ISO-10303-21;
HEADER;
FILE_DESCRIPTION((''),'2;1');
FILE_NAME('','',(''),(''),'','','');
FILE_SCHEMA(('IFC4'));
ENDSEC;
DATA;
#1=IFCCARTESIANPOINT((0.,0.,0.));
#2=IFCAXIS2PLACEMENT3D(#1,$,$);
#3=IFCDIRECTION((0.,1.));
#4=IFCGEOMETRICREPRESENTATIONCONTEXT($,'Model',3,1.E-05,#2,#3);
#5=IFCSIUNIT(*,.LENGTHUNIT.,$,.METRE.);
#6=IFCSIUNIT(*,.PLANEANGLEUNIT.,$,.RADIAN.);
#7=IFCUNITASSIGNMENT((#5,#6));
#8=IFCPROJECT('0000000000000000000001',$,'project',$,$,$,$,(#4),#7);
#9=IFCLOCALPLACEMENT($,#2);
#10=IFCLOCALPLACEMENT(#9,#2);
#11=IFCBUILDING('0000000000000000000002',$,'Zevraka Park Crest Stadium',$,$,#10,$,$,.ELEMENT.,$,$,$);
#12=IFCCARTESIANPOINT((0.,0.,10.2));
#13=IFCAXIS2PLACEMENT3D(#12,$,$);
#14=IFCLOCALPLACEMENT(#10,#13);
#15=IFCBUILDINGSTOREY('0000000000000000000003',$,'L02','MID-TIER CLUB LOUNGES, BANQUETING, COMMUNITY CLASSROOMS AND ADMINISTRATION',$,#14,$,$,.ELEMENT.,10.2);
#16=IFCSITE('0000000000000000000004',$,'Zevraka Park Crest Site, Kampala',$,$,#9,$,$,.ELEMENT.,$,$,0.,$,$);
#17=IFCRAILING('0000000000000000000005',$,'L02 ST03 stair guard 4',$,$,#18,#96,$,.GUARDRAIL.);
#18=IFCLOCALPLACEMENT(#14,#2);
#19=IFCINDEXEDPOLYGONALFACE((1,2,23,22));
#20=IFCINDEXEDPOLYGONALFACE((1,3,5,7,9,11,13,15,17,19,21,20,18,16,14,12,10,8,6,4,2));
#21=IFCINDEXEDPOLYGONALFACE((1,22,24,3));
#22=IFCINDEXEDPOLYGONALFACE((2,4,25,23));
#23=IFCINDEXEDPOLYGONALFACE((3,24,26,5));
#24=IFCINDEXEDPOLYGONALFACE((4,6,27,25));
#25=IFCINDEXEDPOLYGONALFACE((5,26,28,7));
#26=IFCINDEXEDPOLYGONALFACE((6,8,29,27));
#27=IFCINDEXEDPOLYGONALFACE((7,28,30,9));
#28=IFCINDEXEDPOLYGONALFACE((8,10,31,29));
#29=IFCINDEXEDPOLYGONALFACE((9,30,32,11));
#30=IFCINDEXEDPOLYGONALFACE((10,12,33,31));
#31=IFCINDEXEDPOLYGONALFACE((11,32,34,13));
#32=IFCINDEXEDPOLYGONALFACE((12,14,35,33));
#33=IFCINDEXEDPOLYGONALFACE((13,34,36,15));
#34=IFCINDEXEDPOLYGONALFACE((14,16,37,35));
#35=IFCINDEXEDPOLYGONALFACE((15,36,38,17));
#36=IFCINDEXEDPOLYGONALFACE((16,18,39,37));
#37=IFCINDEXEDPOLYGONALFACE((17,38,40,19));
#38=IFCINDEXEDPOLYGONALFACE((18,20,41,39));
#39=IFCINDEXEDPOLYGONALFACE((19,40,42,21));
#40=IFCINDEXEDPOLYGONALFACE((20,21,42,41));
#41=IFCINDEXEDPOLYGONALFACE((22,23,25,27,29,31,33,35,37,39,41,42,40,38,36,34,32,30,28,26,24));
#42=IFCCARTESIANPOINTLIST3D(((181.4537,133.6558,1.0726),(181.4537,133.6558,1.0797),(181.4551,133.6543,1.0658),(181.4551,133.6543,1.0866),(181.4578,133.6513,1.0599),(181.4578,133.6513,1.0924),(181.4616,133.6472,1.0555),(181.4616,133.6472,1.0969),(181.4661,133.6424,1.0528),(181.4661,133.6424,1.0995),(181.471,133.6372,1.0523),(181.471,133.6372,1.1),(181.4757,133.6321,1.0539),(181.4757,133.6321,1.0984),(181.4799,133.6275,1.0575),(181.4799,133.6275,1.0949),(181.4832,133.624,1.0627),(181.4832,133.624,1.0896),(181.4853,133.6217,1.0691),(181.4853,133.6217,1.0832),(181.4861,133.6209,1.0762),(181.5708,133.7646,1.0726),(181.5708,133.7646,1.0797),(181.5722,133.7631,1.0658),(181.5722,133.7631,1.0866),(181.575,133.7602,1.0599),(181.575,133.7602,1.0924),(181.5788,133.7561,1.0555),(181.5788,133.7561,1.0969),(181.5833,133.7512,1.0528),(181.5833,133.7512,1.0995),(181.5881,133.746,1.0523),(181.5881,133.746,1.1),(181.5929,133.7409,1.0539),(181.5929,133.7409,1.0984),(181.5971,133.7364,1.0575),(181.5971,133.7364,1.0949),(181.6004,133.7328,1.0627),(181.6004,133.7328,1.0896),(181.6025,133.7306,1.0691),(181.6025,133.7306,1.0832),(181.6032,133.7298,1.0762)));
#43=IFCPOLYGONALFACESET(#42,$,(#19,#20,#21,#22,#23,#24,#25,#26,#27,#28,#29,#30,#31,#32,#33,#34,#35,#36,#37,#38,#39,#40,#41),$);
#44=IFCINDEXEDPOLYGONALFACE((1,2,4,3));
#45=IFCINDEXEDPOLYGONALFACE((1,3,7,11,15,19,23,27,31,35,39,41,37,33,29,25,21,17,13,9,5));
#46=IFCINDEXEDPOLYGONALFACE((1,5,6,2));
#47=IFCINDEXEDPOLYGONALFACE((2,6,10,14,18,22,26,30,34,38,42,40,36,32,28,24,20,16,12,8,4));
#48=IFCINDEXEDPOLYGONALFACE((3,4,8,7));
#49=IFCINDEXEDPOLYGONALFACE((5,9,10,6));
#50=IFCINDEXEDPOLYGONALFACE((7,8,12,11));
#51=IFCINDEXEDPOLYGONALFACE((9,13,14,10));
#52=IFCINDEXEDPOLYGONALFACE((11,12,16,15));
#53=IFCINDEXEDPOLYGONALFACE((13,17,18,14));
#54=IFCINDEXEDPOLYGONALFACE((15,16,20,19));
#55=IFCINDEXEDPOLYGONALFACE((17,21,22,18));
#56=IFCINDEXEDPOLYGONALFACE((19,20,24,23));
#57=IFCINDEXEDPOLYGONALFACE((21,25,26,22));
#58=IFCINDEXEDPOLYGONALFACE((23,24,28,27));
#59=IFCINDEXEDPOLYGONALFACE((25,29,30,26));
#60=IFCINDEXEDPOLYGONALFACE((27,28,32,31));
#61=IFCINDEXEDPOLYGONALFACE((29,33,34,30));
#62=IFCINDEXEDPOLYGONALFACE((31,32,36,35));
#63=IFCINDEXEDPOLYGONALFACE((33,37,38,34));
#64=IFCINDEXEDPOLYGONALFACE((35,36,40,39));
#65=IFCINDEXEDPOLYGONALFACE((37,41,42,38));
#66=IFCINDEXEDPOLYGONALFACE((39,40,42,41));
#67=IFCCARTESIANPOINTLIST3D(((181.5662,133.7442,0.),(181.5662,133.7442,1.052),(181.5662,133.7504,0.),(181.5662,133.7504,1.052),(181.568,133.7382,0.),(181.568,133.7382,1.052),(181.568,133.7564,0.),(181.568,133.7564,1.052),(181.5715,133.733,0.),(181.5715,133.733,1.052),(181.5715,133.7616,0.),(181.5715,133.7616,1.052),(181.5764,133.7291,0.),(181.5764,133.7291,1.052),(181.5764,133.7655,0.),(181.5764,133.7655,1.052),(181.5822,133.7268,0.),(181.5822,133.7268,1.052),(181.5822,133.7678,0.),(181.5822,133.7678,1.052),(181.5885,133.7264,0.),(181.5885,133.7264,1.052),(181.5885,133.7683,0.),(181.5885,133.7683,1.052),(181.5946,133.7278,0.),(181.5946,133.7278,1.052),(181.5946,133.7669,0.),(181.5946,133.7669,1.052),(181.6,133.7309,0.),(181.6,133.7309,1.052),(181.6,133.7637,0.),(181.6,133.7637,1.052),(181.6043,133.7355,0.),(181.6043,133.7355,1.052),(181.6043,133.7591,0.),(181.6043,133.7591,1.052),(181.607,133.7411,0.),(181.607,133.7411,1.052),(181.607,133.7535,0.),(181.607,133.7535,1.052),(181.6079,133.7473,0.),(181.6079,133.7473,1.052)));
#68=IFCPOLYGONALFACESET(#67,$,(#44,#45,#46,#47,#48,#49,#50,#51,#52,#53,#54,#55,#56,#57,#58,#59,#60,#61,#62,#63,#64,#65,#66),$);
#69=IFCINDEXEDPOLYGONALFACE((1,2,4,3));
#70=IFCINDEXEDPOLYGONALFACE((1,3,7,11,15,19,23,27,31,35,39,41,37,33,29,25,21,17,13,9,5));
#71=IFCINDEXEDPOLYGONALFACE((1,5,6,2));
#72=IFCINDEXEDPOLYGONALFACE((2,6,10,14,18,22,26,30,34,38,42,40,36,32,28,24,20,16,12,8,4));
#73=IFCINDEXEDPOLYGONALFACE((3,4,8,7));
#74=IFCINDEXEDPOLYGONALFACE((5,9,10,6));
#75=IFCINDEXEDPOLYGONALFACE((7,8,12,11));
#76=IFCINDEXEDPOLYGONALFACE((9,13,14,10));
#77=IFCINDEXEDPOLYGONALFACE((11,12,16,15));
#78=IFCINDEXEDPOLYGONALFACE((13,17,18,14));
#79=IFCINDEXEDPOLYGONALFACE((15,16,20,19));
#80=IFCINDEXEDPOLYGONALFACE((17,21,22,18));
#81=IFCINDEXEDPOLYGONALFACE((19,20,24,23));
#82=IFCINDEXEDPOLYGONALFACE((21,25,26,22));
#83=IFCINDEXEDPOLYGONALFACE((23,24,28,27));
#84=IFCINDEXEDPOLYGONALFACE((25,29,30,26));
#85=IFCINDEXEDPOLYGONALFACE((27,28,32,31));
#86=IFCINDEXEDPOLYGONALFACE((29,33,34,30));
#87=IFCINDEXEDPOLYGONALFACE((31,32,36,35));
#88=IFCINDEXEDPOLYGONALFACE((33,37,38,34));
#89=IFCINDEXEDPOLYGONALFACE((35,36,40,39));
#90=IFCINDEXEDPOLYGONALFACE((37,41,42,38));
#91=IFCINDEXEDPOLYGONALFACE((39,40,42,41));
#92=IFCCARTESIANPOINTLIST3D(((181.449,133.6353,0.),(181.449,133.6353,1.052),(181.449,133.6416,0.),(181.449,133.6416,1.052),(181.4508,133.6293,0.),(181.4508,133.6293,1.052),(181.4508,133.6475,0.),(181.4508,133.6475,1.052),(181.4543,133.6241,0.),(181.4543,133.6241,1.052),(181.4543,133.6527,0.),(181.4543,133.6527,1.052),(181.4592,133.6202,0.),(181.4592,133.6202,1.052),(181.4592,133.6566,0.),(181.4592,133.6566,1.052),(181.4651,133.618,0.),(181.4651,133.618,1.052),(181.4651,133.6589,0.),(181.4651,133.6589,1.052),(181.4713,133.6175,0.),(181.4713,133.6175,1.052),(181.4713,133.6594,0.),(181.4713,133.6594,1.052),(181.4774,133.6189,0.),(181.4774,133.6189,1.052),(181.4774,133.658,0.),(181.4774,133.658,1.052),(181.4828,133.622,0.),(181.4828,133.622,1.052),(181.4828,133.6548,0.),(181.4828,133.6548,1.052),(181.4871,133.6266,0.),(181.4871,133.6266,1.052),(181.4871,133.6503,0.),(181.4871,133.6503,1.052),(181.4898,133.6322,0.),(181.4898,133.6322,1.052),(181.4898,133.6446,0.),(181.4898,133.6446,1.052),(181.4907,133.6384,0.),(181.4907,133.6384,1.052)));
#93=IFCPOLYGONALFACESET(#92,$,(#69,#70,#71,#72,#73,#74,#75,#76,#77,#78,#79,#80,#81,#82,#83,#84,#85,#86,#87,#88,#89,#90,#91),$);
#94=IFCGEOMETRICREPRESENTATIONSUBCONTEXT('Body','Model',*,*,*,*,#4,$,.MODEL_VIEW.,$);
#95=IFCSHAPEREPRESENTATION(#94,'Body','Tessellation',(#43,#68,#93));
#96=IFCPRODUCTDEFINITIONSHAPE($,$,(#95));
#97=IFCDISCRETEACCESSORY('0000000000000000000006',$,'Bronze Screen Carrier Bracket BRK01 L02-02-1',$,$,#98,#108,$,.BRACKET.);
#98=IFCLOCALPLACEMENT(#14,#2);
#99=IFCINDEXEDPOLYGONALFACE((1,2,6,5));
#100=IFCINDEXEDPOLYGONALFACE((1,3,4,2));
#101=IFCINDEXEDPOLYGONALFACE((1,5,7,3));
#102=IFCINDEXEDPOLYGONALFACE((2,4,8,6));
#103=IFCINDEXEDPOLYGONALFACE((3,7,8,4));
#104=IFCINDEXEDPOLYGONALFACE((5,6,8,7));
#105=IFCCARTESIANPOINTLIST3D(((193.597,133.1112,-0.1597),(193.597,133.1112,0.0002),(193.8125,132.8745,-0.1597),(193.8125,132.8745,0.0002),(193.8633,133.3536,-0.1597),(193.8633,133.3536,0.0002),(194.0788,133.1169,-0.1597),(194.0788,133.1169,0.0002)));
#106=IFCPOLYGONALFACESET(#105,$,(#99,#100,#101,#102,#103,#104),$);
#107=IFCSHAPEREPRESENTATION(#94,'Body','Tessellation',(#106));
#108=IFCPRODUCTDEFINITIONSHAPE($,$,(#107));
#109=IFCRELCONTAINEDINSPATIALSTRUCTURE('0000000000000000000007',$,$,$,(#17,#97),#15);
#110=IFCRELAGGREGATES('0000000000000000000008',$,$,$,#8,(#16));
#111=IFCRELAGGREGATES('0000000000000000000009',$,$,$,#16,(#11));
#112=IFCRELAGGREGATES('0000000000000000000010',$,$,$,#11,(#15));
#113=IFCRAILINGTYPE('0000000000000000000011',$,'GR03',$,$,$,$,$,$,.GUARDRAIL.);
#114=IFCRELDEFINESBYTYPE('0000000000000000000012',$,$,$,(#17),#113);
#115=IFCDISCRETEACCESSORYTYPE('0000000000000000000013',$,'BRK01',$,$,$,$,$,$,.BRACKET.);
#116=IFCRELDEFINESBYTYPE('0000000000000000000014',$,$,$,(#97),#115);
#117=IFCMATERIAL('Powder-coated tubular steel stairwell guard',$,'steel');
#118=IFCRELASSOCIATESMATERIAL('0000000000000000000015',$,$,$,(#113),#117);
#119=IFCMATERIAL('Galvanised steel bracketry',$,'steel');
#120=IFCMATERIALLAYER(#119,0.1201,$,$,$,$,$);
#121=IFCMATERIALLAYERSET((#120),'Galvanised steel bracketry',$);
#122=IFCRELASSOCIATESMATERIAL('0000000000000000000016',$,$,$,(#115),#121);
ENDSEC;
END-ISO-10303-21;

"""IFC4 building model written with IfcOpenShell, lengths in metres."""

from ifc_helpers import new_model, si_unit, direction, frame, origin, origin_2d, place, context, subcontext, project, spatial, rectangle, circle, extrude, material, layer, layer_set, type_object, element, save


model = new_model("IFC4")

# Units and contexts
model_context = context("Model", 3, precision=1e-05, world=origin(), true_north=direction((0.0, 1.0)))
body_context = subcontext(model_context, "Body", "Model", "MODEL_VIEW")
ifc_project = project(units=[si_unit("LENGTHUNIT", "METRE"), si_unit("PLANEANGLEUNIT", "RADIAN")], contexts=[model_context])

# Site, building, storey
site_placement = place(None, origin())
site = spatial("IfcSite", under=ifc_project, at=site_placement, Name="Zevraka Park Crest Site, Kampala", CompositionType="ELEMENT", RefElevation=0.0)
building_placement = place(site_placement, origin())
building = spatial("IfcBuilding", under=site, at=building_placement, Name="Zevraka Park Crest Stadium", CompositionType="ELEMENT")
storey_placement = place(building_placement, frame((0.0, 0.0, 10.2)))
storey = spatial("IfcBuildingStorey", under=building, at=storey_placement, Name="L02", Description="MID-TIER CLUB LOUNGES, BANQUETING, COMMUNITY CLASSROOMS AND ADMINISTRATION", CompositionType="ELEMENT", Elevation=10.2)

# Railing
ifc_material_1 = material(Name="Powder-coated tubular steel stairwell guard", Category="steel")
railing_type = type_object("IfcRailingType", Name="GR03", PredefinedType="GUARDRAIL", material=ifc_material_1)
railing_1_placement = place(storey_placement, frame((181.5869, 133.7473, 0.0)))
element("IfcRailing", 1, at=railing_1_placement, inside=storey, type_object=railing_type, Name="L02 ST03 stair guard 4", PredefinedType="GUARDRAIL", context=body_context, shape_type="SweptSolid", body=[
    extrude(circle(Radius=0.0239, at=origin_2d()), frame((0.0, 0.0, 1.0762), z_axis=(-0.732576, -0.680685, 0.0), x_axis=(0.680685, -0.732576, 0.0)), (0.0, 0.0, 1.0), 0.1599),
    extrude(circle(Radius=0.021, at=origin_2d()), origin(), (0.0, 0.0, 1.0), 1.052),
    extrude(circle(Radius=0.021, at=origin_2d()), frame((-0.1172, -0.1089, 0.0)), (0.0, 0.0, 1.0), 1.052),
])

# Discrete accessory
ifc_material_2 = material(Name="Galvanised steel bracketry", Category="steel")
ifc_layer_1 = layer(ifc_material_2, 0.1201)
ifc_layer_set_1 = layer_set([ifc_layer_1], Name="Galvanised steel bracketry")
discrete_accessory_type = type_object("IfcDiscreteAccessoryType", Name="BRK01", PredefinedType="BRACKET", material=ifc_layer_set_1)
discrete_accessory_placement = place(storey_placement, frame((193.8379, 133.114, -0.1597), z_axis=(0.0, 0.0, 1.0), x_axis=(-0.673142, 0.739514, 0.0)))
element("IfcDiscreteAccessory", 2, at=discrete_accessory_placement, inside=storey, type_object=discrete_accessory_type, Name="Bronze Screen Carrier Bracket BRK01 L02-02-1", PredefinedType="BRACKET", context=body_context, shape_type="SweptSolid", body=[
    extrude(rectangle(XDim=0.3201, YDim=0.3601, at=origin_2d()), origin(), (0.0, 0.0, 1.0), 0.1599),
])

save(model, "model.ifc")
